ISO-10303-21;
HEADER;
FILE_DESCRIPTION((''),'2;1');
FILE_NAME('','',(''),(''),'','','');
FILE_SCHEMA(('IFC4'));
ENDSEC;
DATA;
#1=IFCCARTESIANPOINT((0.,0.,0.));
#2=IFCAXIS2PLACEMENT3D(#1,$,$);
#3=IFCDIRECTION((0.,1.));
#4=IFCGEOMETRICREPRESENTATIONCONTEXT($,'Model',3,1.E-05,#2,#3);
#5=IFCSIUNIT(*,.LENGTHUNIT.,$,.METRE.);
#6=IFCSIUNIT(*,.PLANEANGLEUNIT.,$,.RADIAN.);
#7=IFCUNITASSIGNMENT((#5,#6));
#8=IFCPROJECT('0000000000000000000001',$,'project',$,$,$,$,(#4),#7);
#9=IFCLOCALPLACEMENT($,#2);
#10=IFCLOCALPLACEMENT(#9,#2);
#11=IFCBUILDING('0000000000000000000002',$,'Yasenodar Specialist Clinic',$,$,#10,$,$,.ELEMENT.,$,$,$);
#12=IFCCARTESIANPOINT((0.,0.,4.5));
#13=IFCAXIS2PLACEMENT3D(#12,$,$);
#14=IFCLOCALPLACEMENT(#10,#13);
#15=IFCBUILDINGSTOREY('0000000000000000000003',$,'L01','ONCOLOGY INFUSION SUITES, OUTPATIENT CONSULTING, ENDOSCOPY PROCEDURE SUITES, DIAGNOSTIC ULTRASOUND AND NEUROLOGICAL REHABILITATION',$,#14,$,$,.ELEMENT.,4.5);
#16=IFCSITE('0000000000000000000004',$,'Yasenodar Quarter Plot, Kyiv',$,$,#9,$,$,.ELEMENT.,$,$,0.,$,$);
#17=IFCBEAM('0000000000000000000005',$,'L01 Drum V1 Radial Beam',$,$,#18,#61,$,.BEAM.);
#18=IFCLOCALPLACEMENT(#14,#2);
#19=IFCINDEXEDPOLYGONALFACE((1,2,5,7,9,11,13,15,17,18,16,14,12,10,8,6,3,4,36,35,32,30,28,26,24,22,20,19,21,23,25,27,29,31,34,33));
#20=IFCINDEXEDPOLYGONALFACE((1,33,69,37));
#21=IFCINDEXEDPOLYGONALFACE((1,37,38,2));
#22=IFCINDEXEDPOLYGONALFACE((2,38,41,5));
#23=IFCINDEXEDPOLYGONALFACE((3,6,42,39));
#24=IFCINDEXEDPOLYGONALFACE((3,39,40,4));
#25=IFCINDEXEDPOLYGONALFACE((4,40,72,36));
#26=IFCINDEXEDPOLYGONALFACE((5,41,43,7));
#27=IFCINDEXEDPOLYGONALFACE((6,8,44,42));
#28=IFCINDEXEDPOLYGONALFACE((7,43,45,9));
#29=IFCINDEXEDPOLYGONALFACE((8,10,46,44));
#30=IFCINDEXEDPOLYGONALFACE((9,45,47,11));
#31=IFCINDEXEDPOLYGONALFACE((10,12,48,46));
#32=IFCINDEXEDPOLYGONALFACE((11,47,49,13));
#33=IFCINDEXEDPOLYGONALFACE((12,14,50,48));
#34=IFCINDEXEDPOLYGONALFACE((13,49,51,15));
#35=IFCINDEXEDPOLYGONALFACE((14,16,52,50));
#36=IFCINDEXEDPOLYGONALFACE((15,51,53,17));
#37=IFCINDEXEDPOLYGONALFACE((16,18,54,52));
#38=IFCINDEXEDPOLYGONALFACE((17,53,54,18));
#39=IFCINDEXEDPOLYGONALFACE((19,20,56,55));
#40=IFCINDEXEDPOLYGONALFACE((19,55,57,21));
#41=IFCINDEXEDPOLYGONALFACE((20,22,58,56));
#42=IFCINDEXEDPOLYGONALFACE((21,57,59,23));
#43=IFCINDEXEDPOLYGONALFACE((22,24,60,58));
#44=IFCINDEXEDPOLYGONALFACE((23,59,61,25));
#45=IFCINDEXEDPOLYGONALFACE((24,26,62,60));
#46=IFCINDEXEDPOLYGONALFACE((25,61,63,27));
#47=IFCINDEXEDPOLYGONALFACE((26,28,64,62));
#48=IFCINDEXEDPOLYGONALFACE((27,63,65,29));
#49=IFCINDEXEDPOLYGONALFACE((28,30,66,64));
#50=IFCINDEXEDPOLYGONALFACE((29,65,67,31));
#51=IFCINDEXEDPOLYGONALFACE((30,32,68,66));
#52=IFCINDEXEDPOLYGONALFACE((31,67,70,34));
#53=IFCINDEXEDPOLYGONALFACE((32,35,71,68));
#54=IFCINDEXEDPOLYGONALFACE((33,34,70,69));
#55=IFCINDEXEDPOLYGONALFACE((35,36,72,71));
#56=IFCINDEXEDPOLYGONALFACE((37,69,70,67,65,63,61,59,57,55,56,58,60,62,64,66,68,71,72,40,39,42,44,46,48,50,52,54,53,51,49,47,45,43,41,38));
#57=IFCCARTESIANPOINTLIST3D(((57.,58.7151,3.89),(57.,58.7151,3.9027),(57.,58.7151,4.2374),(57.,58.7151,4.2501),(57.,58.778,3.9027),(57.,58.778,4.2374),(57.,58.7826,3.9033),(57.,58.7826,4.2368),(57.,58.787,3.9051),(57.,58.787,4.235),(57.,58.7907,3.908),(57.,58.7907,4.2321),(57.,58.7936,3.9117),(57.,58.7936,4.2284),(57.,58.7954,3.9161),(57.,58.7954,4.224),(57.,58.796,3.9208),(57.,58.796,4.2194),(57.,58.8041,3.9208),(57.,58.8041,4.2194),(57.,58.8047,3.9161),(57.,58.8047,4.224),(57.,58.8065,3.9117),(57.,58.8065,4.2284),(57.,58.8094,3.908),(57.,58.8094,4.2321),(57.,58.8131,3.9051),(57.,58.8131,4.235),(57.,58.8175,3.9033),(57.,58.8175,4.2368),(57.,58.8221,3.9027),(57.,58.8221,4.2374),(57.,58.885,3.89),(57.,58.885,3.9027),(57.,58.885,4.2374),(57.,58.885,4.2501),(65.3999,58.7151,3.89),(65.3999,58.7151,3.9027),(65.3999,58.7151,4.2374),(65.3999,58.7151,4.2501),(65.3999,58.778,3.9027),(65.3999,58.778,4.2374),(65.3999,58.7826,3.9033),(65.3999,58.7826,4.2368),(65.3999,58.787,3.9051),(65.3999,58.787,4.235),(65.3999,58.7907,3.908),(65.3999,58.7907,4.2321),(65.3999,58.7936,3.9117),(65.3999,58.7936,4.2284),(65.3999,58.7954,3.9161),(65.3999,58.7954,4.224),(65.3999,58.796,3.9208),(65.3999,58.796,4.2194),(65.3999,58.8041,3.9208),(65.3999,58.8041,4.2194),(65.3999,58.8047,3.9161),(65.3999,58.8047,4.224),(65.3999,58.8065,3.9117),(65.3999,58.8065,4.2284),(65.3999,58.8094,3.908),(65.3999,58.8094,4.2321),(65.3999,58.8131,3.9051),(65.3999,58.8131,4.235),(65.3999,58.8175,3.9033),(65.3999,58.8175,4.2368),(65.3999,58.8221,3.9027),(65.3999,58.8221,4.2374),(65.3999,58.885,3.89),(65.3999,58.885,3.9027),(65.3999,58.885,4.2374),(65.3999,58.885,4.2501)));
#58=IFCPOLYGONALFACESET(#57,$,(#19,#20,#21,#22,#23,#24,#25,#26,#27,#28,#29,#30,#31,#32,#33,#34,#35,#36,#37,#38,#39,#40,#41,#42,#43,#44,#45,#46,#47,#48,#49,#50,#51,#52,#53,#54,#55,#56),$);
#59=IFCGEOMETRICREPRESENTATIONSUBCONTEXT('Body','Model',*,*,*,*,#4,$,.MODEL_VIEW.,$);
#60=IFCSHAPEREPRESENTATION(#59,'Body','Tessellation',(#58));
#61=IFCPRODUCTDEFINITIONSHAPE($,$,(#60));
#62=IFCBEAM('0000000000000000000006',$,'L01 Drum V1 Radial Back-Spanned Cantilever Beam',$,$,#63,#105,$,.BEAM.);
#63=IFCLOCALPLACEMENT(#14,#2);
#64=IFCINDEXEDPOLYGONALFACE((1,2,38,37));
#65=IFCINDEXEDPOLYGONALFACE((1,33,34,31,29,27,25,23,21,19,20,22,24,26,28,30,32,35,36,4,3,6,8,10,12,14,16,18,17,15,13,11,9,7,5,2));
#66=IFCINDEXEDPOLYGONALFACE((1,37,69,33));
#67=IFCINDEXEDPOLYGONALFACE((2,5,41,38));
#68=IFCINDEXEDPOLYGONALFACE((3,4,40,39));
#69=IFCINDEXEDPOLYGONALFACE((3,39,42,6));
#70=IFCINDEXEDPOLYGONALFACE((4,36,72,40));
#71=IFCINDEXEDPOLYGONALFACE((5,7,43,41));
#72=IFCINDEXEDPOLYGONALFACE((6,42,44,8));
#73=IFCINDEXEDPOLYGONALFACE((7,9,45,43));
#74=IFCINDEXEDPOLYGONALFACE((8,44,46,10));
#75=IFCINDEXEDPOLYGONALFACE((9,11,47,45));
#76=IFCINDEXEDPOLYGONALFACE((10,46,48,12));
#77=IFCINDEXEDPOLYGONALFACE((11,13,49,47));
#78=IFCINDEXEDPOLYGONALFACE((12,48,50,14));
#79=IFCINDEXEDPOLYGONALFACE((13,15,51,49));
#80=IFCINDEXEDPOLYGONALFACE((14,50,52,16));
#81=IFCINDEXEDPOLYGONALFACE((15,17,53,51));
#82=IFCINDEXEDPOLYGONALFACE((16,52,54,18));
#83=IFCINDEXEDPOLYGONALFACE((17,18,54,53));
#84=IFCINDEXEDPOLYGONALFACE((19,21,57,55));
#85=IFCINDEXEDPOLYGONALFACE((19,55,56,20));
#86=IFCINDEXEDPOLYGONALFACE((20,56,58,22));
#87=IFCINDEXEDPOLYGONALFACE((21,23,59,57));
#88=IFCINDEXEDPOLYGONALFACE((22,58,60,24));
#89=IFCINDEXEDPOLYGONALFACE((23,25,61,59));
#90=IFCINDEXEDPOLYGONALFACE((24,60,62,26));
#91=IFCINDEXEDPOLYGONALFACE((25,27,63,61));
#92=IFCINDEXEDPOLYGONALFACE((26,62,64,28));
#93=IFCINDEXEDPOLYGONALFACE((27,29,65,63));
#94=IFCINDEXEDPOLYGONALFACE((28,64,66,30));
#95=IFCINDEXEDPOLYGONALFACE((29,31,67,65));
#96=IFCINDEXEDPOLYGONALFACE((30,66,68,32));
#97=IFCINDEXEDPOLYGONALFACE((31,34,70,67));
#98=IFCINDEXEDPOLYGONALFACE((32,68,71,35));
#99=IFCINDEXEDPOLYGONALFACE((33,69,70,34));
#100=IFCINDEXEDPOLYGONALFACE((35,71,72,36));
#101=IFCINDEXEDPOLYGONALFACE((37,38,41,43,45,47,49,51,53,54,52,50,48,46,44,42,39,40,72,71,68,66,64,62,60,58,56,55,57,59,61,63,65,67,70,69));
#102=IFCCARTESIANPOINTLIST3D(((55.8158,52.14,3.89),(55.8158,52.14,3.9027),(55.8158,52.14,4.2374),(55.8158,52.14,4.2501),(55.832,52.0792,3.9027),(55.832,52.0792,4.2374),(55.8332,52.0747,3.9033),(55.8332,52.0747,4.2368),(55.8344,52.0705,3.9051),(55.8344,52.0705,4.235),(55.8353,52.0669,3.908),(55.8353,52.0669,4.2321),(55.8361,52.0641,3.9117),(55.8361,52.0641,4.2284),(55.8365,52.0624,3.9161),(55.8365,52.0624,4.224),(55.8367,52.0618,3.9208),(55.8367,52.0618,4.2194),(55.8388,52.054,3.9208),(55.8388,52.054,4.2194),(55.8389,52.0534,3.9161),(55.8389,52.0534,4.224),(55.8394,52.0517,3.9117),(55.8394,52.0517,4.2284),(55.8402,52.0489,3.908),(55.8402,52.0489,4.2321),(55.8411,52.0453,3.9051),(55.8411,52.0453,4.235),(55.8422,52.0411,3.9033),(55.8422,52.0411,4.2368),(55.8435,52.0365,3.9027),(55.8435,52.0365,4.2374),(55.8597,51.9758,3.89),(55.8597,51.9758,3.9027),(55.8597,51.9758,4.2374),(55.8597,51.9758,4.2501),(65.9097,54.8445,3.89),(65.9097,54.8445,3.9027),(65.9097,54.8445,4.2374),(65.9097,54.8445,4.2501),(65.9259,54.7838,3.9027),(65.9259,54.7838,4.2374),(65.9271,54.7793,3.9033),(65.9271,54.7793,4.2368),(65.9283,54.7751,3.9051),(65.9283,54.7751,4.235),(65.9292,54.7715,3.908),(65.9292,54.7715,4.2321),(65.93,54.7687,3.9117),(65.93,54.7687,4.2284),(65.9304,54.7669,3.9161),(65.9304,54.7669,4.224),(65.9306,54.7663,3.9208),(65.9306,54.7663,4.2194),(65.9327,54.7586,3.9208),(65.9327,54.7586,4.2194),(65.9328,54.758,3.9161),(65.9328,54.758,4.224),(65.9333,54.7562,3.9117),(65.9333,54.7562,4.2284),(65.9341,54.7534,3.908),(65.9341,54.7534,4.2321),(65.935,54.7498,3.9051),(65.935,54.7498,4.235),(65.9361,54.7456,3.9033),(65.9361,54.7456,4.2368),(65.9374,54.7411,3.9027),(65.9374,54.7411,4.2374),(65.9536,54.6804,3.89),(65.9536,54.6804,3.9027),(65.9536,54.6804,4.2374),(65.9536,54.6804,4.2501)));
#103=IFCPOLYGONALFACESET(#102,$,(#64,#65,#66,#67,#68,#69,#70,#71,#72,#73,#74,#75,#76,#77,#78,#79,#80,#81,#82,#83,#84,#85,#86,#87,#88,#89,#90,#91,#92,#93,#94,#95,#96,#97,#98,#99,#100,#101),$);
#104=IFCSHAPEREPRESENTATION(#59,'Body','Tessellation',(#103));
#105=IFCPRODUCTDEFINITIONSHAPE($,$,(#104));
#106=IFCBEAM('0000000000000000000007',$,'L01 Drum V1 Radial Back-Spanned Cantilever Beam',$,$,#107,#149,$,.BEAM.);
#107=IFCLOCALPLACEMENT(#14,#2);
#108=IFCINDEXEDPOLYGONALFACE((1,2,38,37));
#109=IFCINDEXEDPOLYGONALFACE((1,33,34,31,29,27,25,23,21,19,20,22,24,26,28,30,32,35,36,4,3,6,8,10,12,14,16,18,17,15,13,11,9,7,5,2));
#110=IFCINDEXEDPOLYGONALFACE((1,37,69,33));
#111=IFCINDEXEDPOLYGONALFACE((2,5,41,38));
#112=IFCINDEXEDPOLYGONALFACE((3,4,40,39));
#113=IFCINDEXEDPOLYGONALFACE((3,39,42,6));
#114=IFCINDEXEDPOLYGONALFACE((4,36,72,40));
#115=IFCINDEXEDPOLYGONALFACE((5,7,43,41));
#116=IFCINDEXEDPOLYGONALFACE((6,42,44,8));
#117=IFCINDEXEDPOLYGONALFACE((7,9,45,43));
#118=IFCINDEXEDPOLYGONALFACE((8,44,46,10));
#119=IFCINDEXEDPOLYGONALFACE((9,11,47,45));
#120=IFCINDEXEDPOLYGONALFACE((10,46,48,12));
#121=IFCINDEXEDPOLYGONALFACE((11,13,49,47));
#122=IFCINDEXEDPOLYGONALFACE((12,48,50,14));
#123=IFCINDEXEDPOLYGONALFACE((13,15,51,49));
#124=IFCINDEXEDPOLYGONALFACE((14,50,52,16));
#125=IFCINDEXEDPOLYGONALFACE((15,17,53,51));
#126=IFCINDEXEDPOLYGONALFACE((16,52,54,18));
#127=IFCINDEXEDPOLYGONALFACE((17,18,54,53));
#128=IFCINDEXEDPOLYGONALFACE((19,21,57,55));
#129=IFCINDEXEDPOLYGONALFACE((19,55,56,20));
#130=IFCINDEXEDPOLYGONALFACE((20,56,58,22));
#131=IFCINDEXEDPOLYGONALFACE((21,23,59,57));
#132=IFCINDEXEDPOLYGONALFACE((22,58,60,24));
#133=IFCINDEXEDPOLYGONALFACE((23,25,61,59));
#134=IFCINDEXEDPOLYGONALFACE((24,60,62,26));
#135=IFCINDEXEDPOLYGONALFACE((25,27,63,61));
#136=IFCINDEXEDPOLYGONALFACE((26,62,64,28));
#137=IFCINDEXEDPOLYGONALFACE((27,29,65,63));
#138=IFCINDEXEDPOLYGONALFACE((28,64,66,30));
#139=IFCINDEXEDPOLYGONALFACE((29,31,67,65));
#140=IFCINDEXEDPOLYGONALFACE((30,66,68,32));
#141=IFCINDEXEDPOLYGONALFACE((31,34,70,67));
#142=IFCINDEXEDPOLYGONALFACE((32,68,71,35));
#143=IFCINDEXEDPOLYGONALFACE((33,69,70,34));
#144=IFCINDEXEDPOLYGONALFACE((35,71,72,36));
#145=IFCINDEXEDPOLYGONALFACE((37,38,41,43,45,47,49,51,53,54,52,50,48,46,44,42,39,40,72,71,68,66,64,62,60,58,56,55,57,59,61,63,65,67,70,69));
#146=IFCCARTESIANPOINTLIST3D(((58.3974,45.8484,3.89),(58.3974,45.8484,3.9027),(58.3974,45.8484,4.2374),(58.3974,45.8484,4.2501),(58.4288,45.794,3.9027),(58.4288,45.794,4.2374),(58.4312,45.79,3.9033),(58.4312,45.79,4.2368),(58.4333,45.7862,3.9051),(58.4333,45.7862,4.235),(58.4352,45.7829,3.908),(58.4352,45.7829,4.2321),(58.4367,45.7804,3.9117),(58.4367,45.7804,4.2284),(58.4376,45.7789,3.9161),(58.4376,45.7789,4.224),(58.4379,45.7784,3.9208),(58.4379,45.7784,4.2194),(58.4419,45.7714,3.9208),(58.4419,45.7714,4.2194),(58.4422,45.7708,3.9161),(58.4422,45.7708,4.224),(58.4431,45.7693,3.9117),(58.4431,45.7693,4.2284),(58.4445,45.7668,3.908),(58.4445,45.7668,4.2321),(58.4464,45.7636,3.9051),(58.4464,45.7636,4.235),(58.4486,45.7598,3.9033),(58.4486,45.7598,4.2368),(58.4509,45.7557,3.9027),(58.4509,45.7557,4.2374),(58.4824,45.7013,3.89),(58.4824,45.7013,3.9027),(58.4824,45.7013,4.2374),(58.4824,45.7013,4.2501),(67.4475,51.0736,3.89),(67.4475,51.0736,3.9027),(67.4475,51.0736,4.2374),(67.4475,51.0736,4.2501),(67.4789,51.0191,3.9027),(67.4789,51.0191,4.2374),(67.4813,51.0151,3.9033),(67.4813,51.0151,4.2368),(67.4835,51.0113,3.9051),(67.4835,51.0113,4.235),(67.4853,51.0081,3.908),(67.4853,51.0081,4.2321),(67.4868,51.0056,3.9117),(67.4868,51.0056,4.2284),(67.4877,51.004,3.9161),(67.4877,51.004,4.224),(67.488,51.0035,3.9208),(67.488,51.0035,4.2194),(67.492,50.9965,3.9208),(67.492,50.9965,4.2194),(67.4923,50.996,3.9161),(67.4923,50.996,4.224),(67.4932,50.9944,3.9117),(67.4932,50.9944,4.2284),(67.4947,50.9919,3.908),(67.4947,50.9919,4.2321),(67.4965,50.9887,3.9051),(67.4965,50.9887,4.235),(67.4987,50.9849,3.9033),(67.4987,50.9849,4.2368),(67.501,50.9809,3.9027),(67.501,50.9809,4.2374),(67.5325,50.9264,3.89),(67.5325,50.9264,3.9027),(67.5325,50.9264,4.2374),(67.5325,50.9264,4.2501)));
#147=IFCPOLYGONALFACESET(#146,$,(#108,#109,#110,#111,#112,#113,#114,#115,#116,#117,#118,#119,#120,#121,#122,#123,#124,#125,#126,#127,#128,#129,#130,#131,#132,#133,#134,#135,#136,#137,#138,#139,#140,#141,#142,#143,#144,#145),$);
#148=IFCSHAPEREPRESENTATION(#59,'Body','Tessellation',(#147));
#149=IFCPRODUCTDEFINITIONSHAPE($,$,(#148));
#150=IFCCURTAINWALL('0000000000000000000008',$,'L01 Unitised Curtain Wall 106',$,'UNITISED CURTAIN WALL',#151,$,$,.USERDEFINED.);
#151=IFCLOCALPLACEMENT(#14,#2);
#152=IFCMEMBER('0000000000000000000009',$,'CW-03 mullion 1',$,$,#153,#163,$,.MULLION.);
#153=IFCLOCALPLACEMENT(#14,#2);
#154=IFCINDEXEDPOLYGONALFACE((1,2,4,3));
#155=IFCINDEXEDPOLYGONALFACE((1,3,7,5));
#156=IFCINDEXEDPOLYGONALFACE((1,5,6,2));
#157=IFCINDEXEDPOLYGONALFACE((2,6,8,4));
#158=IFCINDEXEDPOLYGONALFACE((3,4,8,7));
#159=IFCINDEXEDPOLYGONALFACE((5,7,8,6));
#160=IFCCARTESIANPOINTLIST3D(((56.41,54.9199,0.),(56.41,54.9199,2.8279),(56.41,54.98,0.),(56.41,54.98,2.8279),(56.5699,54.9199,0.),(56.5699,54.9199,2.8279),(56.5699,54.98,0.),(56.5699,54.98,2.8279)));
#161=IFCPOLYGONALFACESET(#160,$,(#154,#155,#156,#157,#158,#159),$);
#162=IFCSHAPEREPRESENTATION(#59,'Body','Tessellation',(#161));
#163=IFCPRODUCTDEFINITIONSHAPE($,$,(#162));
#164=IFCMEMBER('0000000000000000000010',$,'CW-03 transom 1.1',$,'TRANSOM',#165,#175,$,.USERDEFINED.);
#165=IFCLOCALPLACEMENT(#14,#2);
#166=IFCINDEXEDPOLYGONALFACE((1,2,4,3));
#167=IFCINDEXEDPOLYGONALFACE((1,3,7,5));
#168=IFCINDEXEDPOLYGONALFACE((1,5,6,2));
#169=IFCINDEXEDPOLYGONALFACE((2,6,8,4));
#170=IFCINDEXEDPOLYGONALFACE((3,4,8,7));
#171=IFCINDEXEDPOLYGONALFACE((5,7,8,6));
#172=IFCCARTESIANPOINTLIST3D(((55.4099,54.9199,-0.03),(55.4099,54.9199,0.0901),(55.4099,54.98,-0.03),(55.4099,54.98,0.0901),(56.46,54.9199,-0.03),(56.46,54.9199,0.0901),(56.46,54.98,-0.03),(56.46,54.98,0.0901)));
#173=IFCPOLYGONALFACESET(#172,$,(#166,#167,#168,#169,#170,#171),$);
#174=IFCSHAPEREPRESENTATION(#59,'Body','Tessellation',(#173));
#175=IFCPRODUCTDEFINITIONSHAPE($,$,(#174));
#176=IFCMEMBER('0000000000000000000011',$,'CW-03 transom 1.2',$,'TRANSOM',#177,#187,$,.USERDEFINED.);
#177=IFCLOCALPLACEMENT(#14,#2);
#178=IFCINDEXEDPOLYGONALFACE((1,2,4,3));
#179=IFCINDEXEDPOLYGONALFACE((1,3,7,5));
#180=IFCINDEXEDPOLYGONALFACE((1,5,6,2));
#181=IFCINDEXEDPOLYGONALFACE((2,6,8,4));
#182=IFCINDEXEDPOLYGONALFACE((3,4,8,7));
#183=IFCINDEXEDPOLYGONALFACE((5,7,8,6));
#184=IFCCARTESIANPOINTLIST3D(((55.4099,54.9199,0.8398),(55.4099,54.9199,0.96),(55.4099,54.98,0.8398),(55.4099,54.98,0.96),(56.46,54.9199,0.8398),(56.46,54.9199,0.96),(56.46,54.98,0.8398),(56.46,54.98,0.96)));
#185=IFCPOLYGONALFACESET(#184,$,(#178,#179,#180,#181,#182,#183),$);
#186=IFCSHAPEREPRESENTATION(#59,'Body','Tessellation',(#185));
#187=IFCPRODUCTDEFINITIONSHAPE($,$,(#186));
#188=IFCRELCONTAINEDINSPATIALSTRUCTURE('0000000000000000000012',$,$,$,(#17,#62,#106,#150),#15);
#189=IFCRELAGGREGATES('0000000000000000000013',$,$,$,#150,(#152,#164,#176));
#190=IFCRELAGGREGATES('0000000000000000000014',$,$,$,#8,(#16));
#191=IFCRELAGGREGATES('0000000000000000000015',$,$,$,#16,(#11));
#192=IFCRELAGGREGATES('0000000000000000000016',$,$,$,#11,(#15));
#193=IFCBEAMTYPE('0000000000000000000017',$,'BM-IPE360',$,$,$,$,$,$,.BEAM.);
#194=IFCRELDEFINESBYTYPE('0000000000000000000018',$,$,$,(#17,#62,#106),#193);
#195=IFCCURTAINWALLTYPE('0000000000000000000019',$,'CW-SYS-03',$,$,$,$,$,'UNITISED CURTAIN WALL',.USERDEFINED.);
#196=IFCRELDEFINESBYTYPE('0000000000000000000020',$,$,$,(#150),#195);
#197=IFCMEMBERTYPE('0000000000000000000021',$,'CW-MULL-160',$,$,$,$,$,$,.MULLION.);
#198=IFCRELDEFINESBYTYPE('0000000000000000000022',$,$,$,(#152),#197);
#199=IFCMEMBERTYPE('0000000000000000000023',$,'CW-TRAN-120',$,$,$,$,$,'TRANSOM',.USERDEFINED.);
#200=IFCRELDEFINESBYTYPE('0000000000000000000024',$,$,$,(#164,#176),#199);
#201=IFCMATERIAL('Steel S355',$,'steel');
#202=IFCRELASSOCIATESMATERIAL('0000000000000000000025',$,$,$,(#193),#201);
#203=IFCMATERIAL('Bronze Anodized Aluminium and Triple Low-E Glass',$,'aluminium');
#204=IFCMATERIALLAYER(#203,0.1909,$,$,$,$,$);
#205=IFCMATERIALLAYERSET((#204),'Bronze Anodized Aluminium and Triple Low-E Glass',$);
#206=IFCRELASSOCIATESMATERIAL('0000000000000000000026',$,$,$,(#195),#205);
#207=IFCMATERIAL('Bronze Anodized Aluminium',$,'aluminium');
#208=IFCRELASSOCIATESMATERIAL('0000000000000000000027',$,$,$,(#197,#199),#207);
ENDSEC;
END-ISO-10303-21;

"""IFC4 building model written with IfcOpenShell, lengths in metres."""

from ifc_helpers import new_model, si_unit, direction, frame, origin, origin_2d, place, context, subcontext, project, spatial, rectangle, i_section, extrude, material, layer, layer_set, material_profile, profile_set, type_object, element, aggregate, save


model = new_model("IFC4")

# Units and contexts
model_context = context("Model", 3, precision=1e-05, world=origin(), true_north=direction((0.0, 1.0)))
body_context = subcontext(model_context, "Body", "Model", "MODEL_VIEW")
ifc_project = project(units=[si_unit("LENGTHUNIT", "METRE"), si_unit("PLANEANGLEUNIT", "RADIAN")], contexts=[model_context])

# Site, building, storey
site_placement = place(None, origin())
site = spatial("IfcSite", under=ifc_project, at=site_placement, Name="Yasenodar Quarter Plot, Kyiv", CompositionType="ELEMENT", RefElevation=0.0)
building_placement = place(site_placement, origin())
building = spatial("IfcBuilding", under=site, at=building_placement, Name="Yasenodar Specialist Clinic", CompositionType="ELEMENT")
storey_placement = place(building_placement, frame((0.0, 0.0, 4.5)))
storey = spatial("IfcBuildingStorey", under=building, at=storey_placement, Name="L01", Description="ONCOLOGY INFUSION SUITES, OUTPATIENT CONSULTING, ENDOSCOPY PROCEDURE SUITES, DIAGNOSTIC ULTRASOUND AND NEUROLOGICAL REHABILITATION", CompositionType="ELEMENT", Elevation=4.5)

# Shared definitions
ifc_material_1 = material(Name="Steel S355", Category="steel")

# Beams
ifc_material_profile_1 = material_profile(ifc_material_1, i_section(OverallWidth=0.1699, OverallDepth=0.3601, WebThickness=0.0081, FlangeThickness=0.0127, FilletRadius=0.0181, at=origin_2d()), Name="IPE 360")
ifc_profile_set_1 = profile_set([ifc_material_profile_1], Name="Steel S355")
beam_type_1 = type_object("IfcBeamType", Name="BM-IPE360", PredefinedType="BEAM", material=ifc_profile_set_1)
beam_1_placement = place(storey_placement, frame((65.3999, 58.8, 4.0701), z_axis=(-1.0, 0.0, 0.0), x_axis=(0.0, -1.0, 0.0)))
element("IfcBeam", 1, at=beam_1_placement, inside=storey, type_object=beam_type_1, Name="L01 Drum V1 Radial Beam", PredefinedType="BEAM", context=body_context, shape_type="SweptSolid", body=[
    extrude(i_section(OverallWidth=0.1699, OverallDepth=0.3601, WebThickness=0.0081, FlangeThickness=0.0127, FilletRadius=0.0181, at=origin_2d()), origin(), (0.0, 0.0, 1.0), 8.3999),
])
beam_2_placement = place(storey_placement, frame((65.9316, 54.7625, 4.0701), z_axis=(-0.965928, -0.258811, 0.0), x_axis=(0.258811, -0.965928, 0.0)))
element("IfcBeam", 2, at=beam_2_placement, inside=storey, type_object=beam_type_1, Name="L01 Drum V1 Radial Back-Spanned Cantilever Beam", PredefinedType="BEAM", context=body_context, shape_type="SweptSolid", body=[
    extrude(i_section(OverallWidth=0.1699, OverallDepth=0.3601, WebThickness=0.0081, FlangeThickness=0.0127, FilletRadius=0.0181, at=origin_2d()), origin(), (0.0, 0.0, 1.0), 10.45),
])
beam_3_placement = place(storey_placement, frame((67.49, 51.0, 4.0701), z_axis=(-0.866023, -0.500004, 0.0), x_axis=(0.500004, -0.866023, 0.0)))
element("IfcBeam", 3, at=beam_3_placement, inside=storey, type_object=beam_type_1, Name="L01 Drum V1 Radial Back-Spanned Cantilever Beam", PredefinedType="BEAM", context=body_context, shape_type="SweptSolid", body=[
    extrude(i_section(OverallWidth=0.1699, OverallDepth=0.3601, WebThickness=0.0081, FlangeThickness=0.0127, FilletRadius=0.0181, at=origin_2d()), origin(), (0.0, 0.0, 1.0), 10.4502),
])

# Curtain wall, members
ifc_material_2 = material(Name="Bronze Anodized Aluminium and Triple Low-E Glass", Category="aluminium")
ifc_layer_1 = layer(ifc_material_2, 0.1909)
ifc_layer_set_1 = layer_set([ifc_layer_1], Name="Bronze Anodized Aluminium and Triple Low-E Glass")
curtain_wall_type = type_object("IfcCurtainWallType", Name="CW-SYS-03", ElementType="UNITISED CURTAIN WALL", PredefinedType="USERDEFINED", material=ifc_layer_set_1)
curtain_wall_placement = place(storey_placement, origin())
curtain_wall = element("IfcCurtainWall", 4, at=curtain_wall_placement, inside=storey, type_object=curtain_wall_type, Name="L01 Unitised Curtain Wall 106", ObjectType="UNITISED CURTAIN WALL", PredefinedType="USERDEFINED")
ifc_material_3 = material(Name="Bronze Anodized Aluminium", Category="aluminium")
ifc_material_profile_2 = material_profile(ifc_material_3, rectangle(XDim=0.0601, YDim=0.1599, at=origin_2d()), Name="CW-MULL 60x160")
ifc_profile_set_2 = profile_set([ifc_material_profile_2], Name="Bronze Anodized Aluminium")
member_type_1 = type_object("IfcMemberType", Name="CW-MULL-160", PredefinedType="MULLION", material=ifc_profile_set_2)
member_1_placement = place(storey_placement, frame((56.49, 54.95, 0.0), z_axis=(0.0, 0.0, 1.0), x_axis=(0.0, -1.0, 0.0)))
member_1 = element("IfcMember", 5, at=member_1_placement, type_object=member_type_1, Name="CW-03 mullion 1", PredefinedType="MULLION", context=body_context, shape_type="SweptSolid", body=[
    extrude(rectangle(XDim=0.0601, YDim=0.1599, at=origin_2d()), origin(), (0.0, 0.0, 1.0), 2.8279),
])
ifc_material_profile_3 = material_profile(ifc_material_3, rectangle(XDim=0.0601, YDim=0.1201, at=origin_2d()), Name="CW-TRAN 60x120")
ifc_profile_set_3 = profile_set([ifc_material_profile_3], Name="Bronze Anodized Aluminium")
member_type_2 = type_object("IfcMemberType", Name="CW-TRAN-120", ElementType="TRANSOM", PredefinedType="USERDEFINED", material=ifc_profile_set_3)
member_2_placement = place(storey_placement, frame((56.46, 54.95, 0.03), z_axis=(-1.0, 0.0, 0.0), x_axis=(0.0, -1.0, 0.0)))
member_2 = element("IfcMember", 6, at=member_2_placement, type_object=member_type_2, Name="CW-03 transom 1.1", ObjectType="TRANSOM", PredefinedType="USERDEFINED", context=body_context, shape_type="SweptSolid", body=[
    extrude(rectangle(XDim=0.0601, YDim=0.1201, at=origin_2d()), origin(), (0.0, 0.0, 1.0), 1.05),
])
member_3_placement = place(storey_placement, frame((56.46, 54.95, 0.8999), z_axis=(-1.0, 0.0, 0.0), x_axis=(0.0, -1.0, 0.0)))
member_3 = element("IfcMember", 7, at=member_3_placement, type_object=member_type_2, Name="CW-03 transom 1.2", ObjectType="TRANSOM", PredefinedType="USERDEFINED", context=body_context, shape_type="SweptSolid", body=[
    extrude(rectangle(XDim=0.0601, YDim=0.1201, at=origin_2d()), origin(), (0.0, 0.0, 1.0), 1.05),
])
aggregate(curtain_wall, [member_1, member_2, member_3])

save(model, "model.ifc")
